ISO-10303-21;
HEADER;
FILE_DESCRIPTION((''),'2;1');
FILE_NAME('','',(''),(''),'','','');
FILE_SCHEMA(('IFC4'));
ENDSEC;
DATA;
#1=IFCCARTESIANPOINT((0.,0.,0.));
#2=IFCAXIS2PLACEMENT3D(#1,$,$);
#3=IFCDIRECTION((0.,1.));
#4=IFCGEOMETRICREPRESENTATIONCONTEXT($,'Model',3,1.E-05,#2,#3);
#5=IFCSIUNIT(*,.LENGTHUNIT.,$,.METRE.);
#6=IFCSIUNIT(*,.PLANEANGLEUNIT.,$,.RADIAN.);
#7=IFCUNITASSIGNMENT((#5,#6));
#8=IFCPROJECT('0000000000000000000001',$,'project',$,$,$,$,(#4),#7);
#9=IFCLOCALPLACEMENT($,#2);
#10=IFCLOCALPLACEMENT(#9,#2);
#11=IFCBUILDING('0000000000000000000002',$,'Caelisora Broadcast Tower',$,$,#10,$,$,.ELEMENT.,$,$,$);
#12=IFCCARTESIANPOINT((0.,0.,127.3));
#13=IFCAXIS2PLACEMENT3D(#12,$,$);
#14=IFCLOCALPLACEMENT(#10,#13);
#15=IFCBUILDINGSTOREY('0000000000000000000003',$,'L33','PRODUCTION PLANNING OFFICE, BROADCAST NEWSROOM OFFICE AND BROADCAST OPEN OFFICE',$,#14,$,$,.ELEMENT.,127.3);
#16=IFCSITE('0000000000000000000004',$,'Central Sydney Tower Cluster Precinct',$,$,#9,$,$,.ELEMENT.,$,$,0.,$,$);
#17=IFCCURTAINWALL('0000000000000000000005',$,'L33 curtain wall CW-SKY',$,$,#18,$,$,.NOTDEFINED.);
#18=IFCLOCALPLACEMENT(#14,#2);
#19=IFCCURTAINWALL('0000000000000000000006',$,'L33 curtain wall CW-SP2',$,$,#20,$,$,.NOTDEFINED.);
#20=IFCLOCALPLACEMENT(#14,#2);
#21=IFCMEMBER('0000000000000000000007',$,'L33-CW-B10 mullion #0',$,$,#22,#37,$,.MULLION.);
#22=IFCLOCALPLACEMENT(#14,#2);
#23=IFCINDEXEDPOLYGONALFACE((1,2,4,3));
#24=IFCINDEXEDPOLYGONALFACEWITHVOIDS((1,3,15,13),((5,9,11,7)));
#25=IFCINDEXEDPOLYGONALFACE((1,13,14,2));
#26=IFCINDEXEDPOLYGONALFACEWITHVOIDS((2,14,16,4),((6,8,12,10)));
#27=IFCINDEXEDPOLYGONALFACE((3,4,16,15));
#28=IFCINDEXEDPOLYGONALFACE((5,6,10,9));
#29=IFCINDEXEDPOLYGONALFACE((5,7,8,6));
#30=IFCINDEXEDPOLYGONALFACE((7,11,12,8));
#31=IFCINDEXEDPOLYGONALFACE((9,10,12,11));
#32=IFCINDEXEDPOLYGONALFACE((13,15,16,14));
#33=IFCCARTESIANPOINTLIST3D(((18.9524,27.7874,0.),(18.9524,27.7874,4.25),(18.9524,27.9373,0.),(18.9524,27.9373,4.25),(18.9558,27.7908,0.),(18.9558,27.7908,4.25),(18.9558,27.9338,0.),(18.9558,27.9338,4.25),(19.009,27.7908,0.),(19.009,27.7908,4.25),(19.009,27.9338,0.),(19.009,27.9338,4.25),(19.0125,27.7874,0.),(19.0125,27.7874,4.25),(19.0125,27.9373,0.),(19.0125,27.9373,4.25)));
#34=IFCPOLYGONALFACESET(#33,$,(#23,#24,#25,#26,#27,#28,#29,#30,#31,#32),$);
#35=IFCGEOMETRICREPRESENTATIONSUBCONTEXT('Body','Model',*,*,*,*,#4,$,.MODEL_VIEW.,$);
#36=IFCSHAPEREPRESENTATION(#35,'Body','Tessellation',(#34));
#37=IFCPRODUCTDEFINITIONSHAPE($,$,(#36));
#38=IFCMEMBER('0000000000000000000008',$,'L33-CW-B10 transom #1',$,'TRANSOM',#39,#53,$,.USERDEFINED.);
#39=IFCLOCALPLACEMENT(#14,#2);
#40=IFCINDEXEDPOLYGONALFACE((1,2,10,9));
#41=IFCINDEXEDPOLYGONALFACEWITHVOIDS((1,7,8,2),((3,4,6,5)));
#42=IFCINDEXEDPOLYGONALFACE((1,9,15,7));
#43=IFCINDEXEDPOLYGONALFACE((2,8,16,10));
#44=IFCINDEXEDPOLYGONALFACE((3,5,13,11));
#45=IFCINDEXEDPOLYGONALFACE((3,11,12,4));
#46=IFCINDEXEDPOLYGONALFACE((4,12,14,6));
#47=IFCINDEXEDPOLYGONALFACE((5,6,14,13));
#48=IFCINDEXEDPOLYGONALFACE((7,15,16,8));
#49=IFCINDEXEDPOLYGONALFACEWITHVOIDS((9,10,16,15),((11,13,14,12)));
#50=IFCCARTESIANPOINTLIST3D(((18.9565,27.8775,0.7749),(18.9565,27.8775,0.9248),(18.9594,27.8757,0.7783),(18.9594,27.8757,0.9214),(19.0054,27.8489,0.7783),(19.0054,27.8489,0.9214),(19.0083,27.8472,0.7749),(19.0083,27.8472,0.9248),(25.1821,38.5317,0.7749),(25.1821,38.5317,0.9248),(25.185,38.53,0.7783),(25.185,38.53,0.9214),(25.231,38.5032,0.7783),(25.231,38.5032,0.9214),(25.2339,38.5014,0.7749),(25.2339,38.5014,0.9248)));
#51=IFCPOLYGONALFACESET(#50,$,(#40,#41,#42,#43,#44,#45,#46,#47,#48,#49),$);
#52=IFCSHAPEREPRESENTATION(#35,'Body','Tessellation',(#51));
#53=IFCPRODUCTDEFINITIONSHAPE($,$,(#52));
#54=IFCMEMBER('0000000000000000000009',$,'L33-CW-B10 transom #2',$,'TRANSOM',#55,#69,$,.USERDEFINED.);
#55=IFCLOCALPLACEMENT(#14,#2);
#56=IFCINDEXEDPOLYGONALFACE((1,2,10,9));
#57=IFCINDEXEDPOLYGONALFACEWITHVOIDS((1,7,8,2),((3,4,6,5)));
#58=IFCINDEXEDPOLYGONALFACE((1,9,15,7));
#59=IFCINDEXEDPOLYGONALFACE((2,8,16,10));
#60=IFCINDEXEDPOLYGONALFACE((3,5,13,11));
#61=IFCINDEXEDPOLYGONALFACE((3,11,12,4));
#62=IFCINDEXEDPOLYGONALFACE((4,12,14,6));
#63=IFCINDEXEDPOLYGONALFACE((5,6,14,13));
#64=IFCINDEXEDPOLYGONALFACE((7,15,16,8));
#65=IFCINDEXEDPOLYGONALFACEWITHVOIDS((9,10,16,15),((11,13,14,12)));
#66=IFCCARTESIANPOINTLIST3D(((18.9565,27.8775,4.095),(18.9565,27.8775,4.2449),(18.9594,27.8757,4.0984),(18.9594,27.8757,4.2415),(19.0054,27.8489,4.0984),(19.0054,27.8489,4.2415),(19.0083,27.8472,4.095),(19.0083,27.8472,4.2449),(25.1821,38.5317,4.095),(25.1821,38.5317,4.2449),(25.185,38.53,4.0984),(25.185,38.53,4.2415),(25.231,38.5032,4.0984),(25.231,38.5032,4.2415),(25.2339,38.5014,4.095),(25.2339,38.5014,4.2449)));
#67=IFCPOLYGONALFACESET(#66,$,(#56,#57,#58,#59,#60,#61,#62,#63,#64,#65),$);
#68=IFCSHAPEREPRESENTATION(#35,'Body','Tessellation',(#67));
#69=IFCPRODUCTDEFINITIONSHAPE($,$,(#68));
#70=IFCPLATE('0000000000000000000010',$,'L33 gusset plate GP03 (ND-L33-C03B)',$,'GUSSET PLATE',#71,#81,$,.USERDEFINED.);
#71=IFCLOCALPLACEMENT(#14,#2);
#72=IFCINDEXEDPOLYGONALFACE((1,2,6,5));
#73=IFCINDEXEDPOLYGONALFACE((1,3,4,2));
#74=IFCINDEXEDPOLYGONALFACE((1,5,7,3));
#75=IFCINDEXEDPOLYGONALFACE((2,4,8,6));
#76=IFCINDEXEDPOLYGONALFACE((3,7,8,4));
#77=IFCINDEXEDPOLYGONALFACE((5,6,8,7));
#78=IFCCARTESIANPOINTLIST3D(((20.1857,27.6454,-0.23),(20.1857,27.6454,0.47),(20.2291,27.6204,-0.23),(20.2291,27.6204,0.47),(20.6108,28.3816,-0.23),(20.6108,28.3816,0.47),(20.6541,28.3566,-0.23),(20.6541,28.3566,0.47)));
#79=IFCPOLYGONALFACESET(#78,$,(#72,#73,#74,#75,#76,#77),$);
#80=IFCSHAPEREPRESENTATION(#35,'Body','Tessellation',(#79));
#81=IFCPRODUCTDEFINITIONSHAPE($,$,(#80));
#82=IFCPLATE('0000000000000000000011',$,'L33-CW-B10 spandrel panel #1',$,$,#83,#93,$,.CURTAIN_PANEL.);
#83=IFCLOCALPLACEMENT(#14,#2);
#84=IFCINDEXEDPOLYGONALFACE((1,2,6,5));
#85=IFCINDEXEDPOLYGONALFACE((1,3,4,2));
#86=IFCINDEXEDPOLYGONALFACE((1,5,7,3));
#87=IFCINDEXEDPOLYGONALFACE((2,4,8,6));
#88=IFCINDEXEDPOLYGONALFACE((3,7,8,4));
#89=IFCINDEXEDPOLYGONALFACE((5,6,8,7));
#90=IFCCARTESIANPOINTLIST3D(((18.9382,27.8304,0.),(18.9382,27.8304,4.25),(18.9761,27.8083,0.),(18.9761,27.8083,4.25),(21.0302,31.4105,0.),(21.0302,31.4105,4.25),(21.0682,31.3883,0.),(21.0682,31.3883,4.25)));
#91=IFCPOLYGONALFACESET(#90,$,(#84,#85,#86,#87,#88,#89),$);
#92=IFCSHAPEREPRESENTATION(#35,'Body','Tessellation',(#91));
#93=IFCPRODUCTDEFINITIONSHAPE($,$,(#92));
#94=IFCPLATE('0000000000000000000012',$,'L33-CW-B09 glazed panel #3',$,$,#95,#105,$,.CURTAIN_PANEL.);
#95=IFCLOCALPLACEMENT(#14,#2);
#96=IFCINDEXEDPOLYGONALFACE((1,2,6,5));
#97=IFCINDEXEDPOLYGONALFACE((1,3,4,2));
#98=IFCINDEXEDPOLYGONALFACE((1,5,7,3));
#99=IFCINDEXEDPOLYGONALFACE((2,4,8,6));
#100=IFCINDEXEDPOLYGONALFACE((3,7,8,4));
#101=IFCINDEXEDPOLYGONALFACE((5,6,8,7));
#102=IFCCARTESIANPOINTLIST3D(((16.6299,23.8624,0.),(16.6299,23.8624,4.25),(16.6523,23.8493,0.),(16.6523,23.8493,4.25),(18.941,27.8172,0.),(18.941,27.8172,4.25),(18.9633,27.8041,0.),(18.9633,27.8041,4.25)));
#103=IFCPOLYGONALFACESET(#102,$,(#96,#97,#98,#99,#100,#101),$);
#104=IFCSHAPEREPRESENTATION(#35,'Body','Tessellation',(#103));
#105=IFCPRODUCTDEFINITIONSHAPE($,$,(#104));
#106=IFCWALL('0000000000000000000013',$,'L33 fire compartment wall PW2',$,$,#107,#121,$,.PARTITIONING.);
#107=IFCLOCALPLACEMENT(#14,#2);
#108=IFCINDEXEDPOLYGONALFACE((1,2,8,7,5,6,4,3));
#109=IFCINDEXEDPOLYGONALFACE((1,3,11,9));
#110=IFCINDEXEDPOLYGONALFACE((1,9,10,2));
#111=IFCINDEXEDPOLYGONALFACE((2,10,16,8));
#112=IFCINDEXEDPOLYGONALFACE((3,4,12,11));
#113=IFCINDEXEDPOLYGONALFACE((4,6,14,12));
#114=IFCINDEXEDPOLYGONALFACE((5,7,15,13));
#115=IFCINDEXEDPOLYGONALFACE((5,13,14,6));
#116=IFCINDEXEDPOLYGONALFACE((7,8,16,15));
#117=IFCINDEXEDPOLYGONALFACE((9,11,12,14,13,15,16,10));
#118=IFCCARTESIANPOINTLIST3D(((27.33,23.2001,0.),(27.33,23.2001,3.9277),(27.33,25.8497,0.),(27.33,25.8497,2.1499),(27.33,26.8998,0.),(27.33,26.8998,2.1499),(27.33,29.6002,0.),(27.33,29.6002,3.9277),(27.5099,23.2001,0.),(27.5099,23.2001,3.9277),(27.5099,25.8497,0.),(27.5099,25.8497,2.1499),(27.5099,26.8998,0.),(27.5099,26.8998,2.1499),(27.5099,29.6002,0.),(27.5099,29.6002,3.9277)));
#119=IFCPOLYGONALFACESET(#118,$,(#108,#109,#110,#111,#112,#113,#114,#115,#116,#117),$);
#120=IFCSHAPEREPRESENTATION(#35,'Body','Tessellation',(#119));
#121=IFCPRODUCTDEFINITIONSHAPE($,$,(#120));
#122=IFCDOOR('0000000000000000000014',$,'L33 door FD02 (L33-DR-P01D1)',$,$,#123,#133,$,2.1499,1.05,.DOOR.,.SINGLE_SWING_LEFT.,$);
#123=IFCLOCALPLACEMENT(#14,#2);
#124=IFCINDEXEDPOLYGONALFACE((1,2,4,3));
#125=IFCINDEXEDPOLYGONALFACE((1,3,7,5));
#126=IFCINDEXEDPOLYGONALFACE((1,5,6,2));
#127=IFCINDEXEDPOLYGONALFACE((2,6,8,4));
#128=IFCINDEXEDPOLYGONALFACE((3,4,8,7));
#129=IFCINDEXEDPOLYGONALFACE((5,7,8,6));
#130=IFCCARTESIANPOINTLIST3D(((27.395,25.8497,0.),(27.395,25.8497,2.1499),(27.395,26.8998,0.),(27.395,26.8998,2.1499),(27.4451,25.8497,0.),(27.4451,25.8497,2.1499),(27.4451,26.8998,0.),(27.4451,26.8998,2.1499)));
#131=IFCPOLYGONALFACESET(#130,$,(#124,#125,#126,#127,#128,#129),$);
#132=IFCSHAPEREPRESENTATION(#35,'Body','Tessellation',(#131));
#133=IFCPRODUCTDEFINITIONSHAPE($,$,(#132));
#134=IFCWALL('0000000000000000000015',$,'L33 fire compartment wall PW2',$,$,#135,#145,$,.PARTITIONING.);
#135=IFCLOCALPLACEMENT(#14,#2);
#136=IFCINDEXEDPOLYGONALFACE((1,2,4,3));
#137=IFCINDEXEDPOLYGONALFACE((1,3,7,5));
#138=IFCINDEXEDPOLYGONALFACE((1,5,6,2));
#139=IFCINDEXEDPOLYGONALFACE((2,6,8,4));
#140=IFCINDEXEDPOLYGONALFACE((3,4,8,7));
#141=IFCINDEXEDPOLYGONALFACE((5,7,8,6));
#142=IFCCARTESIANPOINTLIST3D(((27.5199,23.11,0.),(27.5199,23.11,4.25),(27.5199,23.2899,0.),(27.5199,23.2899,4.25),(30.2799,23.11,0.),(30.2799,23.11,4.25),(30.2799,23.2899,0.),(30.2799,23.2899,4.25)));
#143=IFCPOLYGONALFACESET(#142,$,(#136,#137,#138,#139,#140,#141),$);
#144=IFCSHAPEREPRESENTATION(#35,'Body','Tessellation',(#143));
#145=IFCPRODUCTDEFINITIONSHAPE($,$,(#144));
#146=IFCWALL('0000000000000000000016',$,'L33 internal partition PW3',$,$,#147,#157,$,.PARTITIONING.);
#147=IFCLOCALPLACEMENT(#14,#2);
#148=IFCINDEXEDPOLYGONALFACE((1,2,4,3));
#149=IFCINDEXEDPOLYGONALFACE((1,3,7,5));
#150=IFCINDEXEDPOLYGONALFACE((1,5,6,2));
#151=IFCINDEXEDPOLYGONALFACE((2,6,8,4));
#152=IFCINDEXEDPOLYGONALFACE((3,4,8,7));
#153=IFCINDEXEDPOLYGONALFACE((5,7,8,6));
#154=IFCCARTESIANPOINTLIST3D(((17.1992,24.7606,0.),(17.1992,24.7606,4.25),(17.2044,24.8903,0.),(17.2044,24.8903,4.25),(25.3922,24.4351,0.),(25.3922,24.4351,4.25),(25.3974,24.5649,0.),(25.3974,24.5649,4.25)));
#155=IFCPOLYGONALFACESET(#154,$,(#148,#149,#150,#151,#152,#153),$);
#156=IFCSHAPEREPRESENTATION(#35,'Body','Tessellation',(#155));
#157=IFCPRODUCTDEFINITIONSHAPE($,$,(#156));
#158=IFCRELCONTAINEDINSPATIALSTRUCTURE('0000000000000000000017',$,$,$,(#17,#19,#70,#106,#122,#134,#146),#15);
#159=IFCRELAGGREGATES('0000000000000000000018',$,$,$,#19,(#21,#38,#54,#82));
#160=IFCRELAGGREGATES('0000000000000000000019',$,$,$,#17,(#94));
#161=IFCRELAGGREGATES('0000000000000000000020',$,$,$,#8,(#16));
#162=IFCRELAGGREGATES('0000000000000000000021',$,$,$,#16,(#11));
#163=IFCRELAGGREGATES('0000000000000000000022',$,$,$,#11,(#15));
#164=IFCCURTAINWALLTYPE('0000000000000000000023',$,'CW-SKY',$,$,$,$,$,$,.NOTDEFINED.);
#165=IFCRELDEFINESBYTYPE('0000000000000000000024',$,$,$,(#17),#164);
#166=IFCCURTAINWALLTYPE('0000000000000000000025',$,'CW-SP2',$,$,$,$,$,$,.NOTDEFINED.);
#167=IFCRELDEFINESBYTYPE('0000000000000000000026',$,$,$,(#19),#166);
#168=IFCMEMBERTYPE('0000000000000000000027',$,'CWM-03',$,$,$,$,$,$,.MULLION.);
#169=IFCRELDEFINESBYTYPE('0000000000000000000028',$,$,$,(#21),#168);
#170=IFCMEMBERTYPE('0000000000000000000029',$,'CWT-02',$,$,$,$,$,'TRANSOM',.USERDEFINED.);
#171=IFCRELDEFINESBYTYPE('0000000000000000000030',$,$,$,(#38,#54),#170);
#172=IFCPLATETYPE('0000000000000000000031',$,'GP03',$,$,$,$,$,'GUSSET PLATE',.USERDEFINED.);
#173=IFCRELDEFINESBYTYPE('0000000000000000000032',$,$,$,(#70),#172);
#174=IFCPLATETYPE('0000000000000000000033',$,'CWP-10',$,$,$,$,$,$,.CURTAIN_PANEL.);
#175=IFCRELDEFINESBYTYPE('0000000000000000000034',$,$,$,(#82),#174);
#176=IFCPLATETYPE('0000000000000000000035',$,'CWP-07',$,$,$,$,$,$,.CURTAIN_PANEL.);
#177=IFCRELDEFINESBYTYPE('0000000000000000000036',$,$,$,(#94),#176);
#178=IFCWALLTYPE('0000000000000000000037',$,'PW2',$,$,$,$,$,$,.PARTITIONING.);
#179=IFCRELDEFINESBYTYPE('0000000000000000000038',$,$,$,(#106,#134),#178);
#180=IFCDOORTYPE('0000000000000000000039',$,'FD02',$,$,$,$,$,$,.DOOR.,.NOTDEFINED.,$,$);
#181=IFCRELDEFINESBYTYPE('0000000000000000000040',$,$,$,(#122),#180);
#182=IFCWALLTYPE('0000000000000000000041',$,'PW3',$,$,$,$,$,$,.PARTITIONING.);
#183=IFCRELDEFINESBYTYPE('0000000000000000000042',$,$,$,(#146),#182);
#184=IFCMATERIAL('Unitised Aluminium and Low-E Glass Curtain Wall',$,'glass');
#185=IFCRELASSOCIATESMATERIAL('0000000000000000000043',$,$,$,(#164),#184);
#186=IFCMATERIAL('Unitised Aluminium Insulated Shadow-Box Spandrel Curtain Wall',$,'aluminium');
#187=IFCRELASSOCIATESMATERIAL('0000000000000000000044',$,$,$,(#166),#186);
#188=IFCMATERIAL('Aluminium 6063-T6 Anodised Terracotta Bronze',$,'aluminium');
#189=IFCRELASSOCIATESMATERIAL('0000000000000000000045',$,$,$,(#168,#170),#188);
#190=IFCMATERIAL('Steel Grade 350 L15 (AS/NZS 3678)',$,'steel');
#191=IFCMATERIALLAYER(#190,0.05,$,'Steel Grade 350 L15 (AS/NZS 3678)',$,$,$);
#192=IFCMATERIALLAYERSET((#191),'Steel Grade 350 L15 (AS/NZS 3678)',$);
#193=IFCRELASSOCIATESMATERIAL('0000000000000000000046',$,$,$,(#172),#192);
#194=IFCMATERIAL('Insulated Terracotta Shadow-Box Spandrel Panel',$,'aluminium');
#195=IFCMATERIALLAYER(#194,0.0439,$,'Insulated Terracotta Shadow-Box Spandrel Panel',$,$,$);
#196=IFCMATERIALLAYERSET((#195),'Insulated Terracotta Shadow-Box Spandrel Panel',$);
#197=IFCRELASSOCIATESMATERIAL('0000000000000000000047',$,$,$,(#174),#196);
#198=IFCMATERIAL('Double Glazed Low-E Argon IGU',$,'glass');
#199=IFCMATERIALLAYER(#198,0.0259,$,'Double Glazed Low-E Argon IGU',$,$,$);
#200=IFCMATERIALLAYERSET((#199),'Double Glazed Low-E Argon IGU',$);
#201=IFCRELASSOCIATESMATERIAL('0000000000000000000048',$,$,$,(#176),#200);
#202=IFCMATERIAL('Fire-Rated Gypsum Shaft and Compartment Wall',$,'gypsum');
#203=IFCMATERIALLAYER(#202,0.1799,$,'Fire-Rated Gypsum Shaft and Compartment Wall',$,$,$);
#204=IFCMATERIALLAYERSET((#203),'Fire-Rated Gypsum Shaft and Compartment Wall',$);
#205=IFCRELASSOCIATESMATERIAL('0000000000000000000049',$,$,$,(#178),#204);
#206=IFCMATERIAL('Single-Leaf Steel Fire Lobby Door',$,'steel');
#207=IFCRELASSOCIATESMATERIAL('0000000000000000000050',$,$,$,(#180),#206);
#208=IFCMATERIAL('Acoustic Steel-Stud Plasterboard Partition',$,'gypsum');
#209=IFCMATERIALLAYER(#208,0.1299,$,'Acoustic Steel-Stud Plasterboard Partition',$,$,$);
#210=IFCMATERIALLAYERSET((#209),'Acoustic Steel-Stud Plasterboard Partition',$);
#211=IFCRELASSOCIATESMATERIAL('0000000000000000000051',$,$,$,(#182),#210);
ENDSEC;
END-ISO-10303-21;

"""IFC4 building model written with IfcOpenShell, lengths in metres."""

from ifc_helpers import new_model, si_unit, direction, frame, frame_2d, origin, origin_2d, place, context, subcontext, project, spatial, rectangle, hollow_rectangle, extrude, source, transform, mapped, material, layer, layer_set, material_profile, profile_set, type_object, type_shapes, element, fill, aggregate, save


model = new_model("IFC4")

# Units and contexts
model_context = context("Model", 3, precision=1e-05, world=origin(), true_north=direction((0.0, 1.0)))
body_context = subcontext(model_context, "Body", "Model", "MODEL_VIEW")
ifc_project = project(units=[si_unit("LENGTHUNIT", "METRE"), si_unit("PLANEANGLEUNIT", "RADIAN")], contexts=[model_context])

# Site, building, storey
site_placement = place(None, origin())
site = spatial("IfcSite", under=ifc_project, at=site_placement, Name="Central Sydney Tower Cluster Precinct", CompositionType="ELEMENT", RefElevation=0.0)
building_placement = place(site_placement, origin())
building = spatial("IfcBuilding", under=site, at=building_placement, Name="Caelisora Broadcast Tower", CompositionType="ELEMENT")
storey_placement = place(building_placement, frame((0.0, 0.0, 127.3)))
storey = spatial("IfcBuildingStorey", under=building, at=storey_placement, Name="L33", Description="PRODUCTION PLANNING OFFICE, BROADCAST NEWSROOM OFFICE AND BROADCAST OPEN OFFICE", CompositionType="ELEMENT", Elevation=127.3)

# Shared definitions
ifc_material_1 = material(Name="Steel Grade 350 L15 (AS/NZS 3678)", Category="steel")

# Curtain walls, members
ifc_material_2 = material(Name="Unitised Aluminium and Low-E Glass Curtain Wall", Category="glass")
curtain_wall_type_1 = type_object("IfcCurtainWallType", Name="CW-SKY", PredefinedType="NOTDEFINED", material=ifc_material_2)
curtain_wall_1_placement = place(storey_placement, origin())
curtain_wall_1 = element("IfcCurtainWall", 1, at=curtain_wall_1_placement, inside=storey, type_object=curtain_wall_type_1, Name="L33 curtain wall CW-SKY", PredefinedType="NOTDEFINED")
ifc_material_3 = material(Name="Aluminium 6063-T6 Anodised Terracotta Bronze", Category="aluminium")
ifc_material_4 = material(Name="Unitised Aluminium Insulated Shadow-Box Spandrel Curtain Wall", Category="aluminium")
curtain_wall_type_2 = type_object("IfcCurtainWallType", Name="CW-SP2", PredefinedType="NOTDEFINED", material=ifc_material_4)
curtain_wall_2_placement = place(storey_placement, origin())
curtain_wall_2 = element("IfcCurtainWall", 2, at=curtain_wall_2_placement, inside=storey, type_object=curtain_wall_type_2, Name="L33 curtain wall CW-SP2", PredefinedType="NOTDEFINED")
ifc_material_profile_1 = material_profile(ifc_material_3, hollow_rectangle(XDim=0.0601, YDim=0.1499, WallThickness=0.0034, at=origin_2d()), Name="Aluminium 6063-T6 Anodised Terracotta Bronze")
ifc_profile_set_1 = profile_set([ifc_material_profile_1], Name="Aluminium 6063-T6 Anodised Terracotta Bronze")
member_type_1 = type_object("IfcMemberType", Name="CWM-03", PredefinedType="MULLION", material=ifc_profile_set_1)
shared_shape_1 = source(origin(), body_context, "Body", "SweptSolid", [
    extrude(hollow_rectangle(XDim=0.0601, YDim=0.1499, WallThickness=0.0034, at=origin_2d()), origin(), (0.0, 0.0, 1.0), 4.25),
])
type_shapes(member_type_1, [shared_shape_1])
member_1_placement = place(storey_placement, frame((18.9824, 27.8623, 0.0), z_axis=(0.0, 0.0, 1.0), x_axis=(1.0, 0.0, 0.0)))
member_1 = element("IfcMember", 3, at=member_1_placement, type_object=member_type_1, Name="L33-CW-B10 mullion #0", PredefinedType="MULLION", context=body_context, shape_type="MappedRepresentation", body=[
    mapped(shared_shape_1, transform((0.0, 0.0, 0.0), scale=1.0)),
])
ifc_material_profile_2 = material_profile(ifc_material_3, hollow_rectangle(XDim=0.0601, YDim=0.1499, WallThickness=0.0034, at=origin_2d()), Name="Aluminium 6063-T6 Anodised Terracotta Bronze")
ifc_profile_set_2 = profile_set([ifc_material_profile_2], Name="Aluminium 6063-T6 Anodised Terracotta Bronze")
member_type_2 = type_object("IfcMemberType", Name="CWT-02", ElementType="TRANSOM", PredefinedType="USERDEFINED", material=ifc_profile_set_2)
shared_shape_2 = source(origin(), body_context, "Body", "SweptSolid", [
    extrude(hollow_rectangle(XDim=0.0601, YDim=0.1499, WallThickness=0.0034, at=origin_2d()), origin(), (0.0, 0.0, 1.0), 12.3398),
])
type_shapes(member_type_2, [shared_shape_2])
member_2_placement = place(storey_placement, frame((18.9824, 27.8623, 0.8499), z_axis=(0.504511, 0.863406, 0.0), x_axis=(-0.863406, 0.504511, 0.0)))
member_2 = element("IfcMember", 4, at=member_2_placement, type_object=member_type_2, Name="L33-CW-B10 transom #1", ObjectType="TRANSOM", PredefinedType="USERDEFINED", context=body_context, shape_type="MappedRepresentation", body=[
    mapped(shared_shape_2, transform((0.0, 0.0, 0.0), scale=1.0)),
])
member_3_placement = place(storey_placement, frame((18.9824, 27.8623, 4.1699), z_axis=(0.504511, 0.863406, 0.0), x_axis=(-0.863406, 0.504511, 0.0)))
member_3 = element("IfcMember", 5, at=member_3_placement, type_object=member_type_2, Name="L33-CW-B10 transom #2", ObjectType="TRANSOM", PredefinedType="USERDEFINED", context=body_context, shape_type="MappedRepresentation", body=[
    mapped(shared_shape_2, transform((0.0, 0.0, 0.0), scale=1.0)),
])

# Plates
ifc_layer_1 = layer(ifc_material_1, 0.05, Name="Steel Grade 350 L15 (AS/NZS 3678)")
ifc_layer_set_1 = layer_set([ifc_layer_1], Name="Steel Grade 350 L15 (AS/NZS 3678)")
plate_type_1 = type_object("IfcPlateType", Name="GP03", ElementType="GUSSET PLATE", PredefinedType="USERDEFINED", material=ifc_layer_set_1)
shared_shape_3 = source(origin(), body_context, "Body", "SweptSolid", [
    extrude(rectangle(XDim=0.8501, YDim=0.05, at=origin_2d()), origin(), (0.0, 0.0, 1.0), 0.7),
])
type_shapes(plate_type_1, [shared_shape_3])
plate_1_placement = place(storey_placement, frame((20.4199, 28.001, -0.23), z_axis=(0.0, 0.0, 1.0), x_axis=(-0.5, -0.866025, 0.0)))
element("IfcPlate", 6, at=plate_1_placement, inside=storey, type_object=plate_type_1, Name="L33 gusset plate GP03 (ND-L33-C03B)", ObjectType="GUSSET PLATE", PredefinedType="USERDEFINED", context=body_context, shape_type="MappedRepresentation", body=[
    mapped(shared_shape_3, transform((0.0, 0.0, 0.0), scale=1.0)),
])
ifc_material_5 = material(Name="Insulated Terracotta Shadow-Box Spandrel Panel", Category="aluminium")
ifc_layer_2 = layer(ifc_material_5, 0.0439, Name="Insulated Terracotta Shadow-Box Spandrel Panel")
ifc_layer_set_2 = layer_set([ifc_layer_2], Name="Insulated Terracotta Shadow-Box Spandrel Panel")
plate_type_2 = type_object("IfcPlateType", Name="CWP-10", PredefinedType="CURTAIN_PANEL", material=ifc_layer_set_2)
shared_shape_4 = source(origin(), body_context, "Body", "SweptSolid", [
    extrude(rectangle(XDim=4.1465, YDim=0.0439, at=origin_2d()), origin(), (0.0, 0.0, 1.0), 4.25),
])
type_shapes(plate_type_2, [shared_shape_4])
plate_2_placement = place(storey_placement, frame((20.0032, 29.6094, 0.0), z_axis=(0.0, 0.0, 1.0), x_axis=(0.504528, 0.863396, 0.0)))
plate_2 = element("IfcPlate", 7, at=plate_2_placement, type_object=plate_type_2, Name="L33-CW-B10 spandrel panel #1", PredefinedType="CURTAIN_PANEL", context=body_context, shape_type="MappedRepresentation", body=[
    mapped(shared_shape_4, transform((0.0, 0.0, 0.0), scale=1.0)),
])
aggregate(curtain_wall_2, [member_1, member_2, member_3, plate_2])
ifc_material_6 = material(Name="Double Glazed Low-E Argon IGU", Category="glass")
ifc_layer_3 = layer(ifc_material_6, 0.0259, Name="Double Glazed Low-E Argon IGU")
ifc_layer_set_3 = layer_set([ifc_layer_3], Name="Double Glazed Low-E Argon IGU")
plate_type_3 = type_object("IfcPlateType", Name="CWP-07", PredefinedType="CURTAIN_PANEL", material=ifc_layer_set_3)
shared_shape_5 = source(origin(), body_context, "Body", "SweptSolid", [
    extrude(rectangle(XDim=4.5806, YDim=0.0259, at=origin_2d()), origin(), (0.0, 0.0, 1.0), 4.25),
])
type_shapes(plate_type_3, [shared_shape_5])
plate_3_placement = place(storey_placement, frame((17.7966, 25.8333, 0.0), z_axis=(0.0, 0.0, 1.0), x_axis=(0.504528, 0.863396, 0.0)))
plate_3 = element("IfcPlate", 8, at=plate_3_placement, type_object=plate_type_3, Name="L33-CW-B09 glazed panel #3", PredefinedType="CURTAIN_PANEL", context=body_context, shape_type="MappedRepresentation", body=[
    mapped(shared_shape_5, transform((0.0, 0.0, 0.0), scale=1.0)),
])
aggregate(curtain_wall_1, [plate_3])

# Wall, opening, door
ifc_material_7 = material(Name="Fire-Rated Gypsum Shaft and Compartment Wall", Category="gypsum")
ifc_layer_4 = layer(ifc_material_7, 0.1799, Name="Fire-Rated Gypsum Shaft and Compartment Wall")
ifc_layer_set_4 = layer_set([ifc_layer_4], Name="Fire-Rated Gypsum Shaft and Compartment Wall")
wall_type_1 = type_object("IfcWallType", Name="PW2", PredefinedType="PARTITIONING", material=ifc_layer_set_4)
wall_1_placement = place(storey_placement, frame((27.4199, 23.2, 0.0), z_axis=(0.0, 0.0, 1.0), x_axis=(0.0, 1.0, 0.0)))
wall_1 = element("IfcWall", 9, at=wall_1_placement, inside=storey, type_object=wall_type_1, Name="L33 fire compartment wall PW2", PredefinedType="PARTITIONING", context=body_context, shape_type="SweptSolid", body=[
    extrude(rectangle(XDim=6.4001, YDim=0.1799, at=frame_2d((3.2002, 0.0))), origin(), (0.0, 0.0, 1.0), 3.9277),
])
opening_1_placement = place(wall_1_placement, frame((2.6499, 0.0, 0.0)))
opening_1 = element("IfcOpeningElement", 10, at=opening_1_placement, cuts=wall_1, PredefinedType="OPENING", context=body_context, shape_type="SweptSolid", body=[
    extrude(rectangle(XDim=1.05, YDim=2.1499, at=frame_2d((0.5249, 1.075))), frame((0.0, 0.1021, 0.0), z_axis=(0.0, -1.0, 0.0), x_axis=(1.0, 0.0, 0.0)), (0.0, 0.0, 1.0), 0.2039),
])
ifc_material_8 = material(Name="Single-Leaf Steel Fire Lobby Door", Category="steel")
door_type_1 = type_object("IfcDoorType", Name="FD02", OperationType="NOTDEFINED", PredefinedType="DOOR", material=ifc_material_8)
door_1_placement = place(opening_1_placement, origin())
door_1 = element("IfcDoor", 11, at=door_1_placement, inside=storey, type_object=door_type_1, Name="L33 door FD02 (L33-DR-P01D1)", OperationType="SINGLE_SWING_LEFT", OverallHeight=2.1499, OverallWidth=1.05, PredefinedType="DOOR", context=body_context, shape_type="SweptSolid", body=[
    extrude(rectangle(XDim=1.05, YDim=2.1499, at=frame_2d((0.5249, 1.075))), frame((0.0, 0.0249, 0.0), z_axis=(0.0, -1.0, 0.0), x_axis=(1.0, 0.0, 0.0)), (0.0, 0.0, 1.0), 0.05),
])
fill(opening_1, door_1)

# Walls
wall_2_placement = place(storey_placement, frame((27.52, 23.2, 0.0), z_axis=(0.0, 0.0, 1.0), x_axis=(1.0, 0.0, 0.0)))
element("IfcWall", 12, at=wall_2_placement, inside=storey, type_object=wall_type_1, Name="L33 fire compartment wall PW2", PredefinedType="PARTITIONING", context=body_context, shape_type="SweptSolid", body=[
    extrude(rectangle(XDim=2.76, YDim=0.1799, at=frame_2d((1.3799, 0.0))), origin(), (0.0, 0.0, 1.0), 4.25),
])
ifc_material_9 = material(Name="Acoustic Steel-Stud Plasterboard Partition", Category="gypsum")
ifc_layer_5 = layer(ifc_material_9, 0.1299, Name="Acoustic Steel-Stud Plasterboard Partition")
ifc_layer_set_5 = layer_set([ifc_layer_5], Name="Acoustic Steel-Stud Plasterboard Partition")
wall_type_2 = type_object("IfcWallType", Name="PW3", PredefinedType="PARTITIONING", material=ifc_layer_set_5)
wall_3_placement = place(storey_placement, frame((17.2019, 24.8254, 0.0), z_axis=(0.0, 0.0, 1.0), x_axis=(0.999212, -0.03969, 0.0)))
element("IfcWall", 13, at=wall_3_placement, inside=storey, type_object=wall_type_2, Name="L33 internal partition PW3", PredefinedType="PARTITIONING", context=body_context, shape_type="SweptSolid", body=[
    extrude(rectangle(XDim=8.1995, YDim=0.1299, at=frame_2d((4.0996, 0.0))), origin(), (0.0, 0.0, 1.0), 4.25),
])

save(model, "model.ifc")
